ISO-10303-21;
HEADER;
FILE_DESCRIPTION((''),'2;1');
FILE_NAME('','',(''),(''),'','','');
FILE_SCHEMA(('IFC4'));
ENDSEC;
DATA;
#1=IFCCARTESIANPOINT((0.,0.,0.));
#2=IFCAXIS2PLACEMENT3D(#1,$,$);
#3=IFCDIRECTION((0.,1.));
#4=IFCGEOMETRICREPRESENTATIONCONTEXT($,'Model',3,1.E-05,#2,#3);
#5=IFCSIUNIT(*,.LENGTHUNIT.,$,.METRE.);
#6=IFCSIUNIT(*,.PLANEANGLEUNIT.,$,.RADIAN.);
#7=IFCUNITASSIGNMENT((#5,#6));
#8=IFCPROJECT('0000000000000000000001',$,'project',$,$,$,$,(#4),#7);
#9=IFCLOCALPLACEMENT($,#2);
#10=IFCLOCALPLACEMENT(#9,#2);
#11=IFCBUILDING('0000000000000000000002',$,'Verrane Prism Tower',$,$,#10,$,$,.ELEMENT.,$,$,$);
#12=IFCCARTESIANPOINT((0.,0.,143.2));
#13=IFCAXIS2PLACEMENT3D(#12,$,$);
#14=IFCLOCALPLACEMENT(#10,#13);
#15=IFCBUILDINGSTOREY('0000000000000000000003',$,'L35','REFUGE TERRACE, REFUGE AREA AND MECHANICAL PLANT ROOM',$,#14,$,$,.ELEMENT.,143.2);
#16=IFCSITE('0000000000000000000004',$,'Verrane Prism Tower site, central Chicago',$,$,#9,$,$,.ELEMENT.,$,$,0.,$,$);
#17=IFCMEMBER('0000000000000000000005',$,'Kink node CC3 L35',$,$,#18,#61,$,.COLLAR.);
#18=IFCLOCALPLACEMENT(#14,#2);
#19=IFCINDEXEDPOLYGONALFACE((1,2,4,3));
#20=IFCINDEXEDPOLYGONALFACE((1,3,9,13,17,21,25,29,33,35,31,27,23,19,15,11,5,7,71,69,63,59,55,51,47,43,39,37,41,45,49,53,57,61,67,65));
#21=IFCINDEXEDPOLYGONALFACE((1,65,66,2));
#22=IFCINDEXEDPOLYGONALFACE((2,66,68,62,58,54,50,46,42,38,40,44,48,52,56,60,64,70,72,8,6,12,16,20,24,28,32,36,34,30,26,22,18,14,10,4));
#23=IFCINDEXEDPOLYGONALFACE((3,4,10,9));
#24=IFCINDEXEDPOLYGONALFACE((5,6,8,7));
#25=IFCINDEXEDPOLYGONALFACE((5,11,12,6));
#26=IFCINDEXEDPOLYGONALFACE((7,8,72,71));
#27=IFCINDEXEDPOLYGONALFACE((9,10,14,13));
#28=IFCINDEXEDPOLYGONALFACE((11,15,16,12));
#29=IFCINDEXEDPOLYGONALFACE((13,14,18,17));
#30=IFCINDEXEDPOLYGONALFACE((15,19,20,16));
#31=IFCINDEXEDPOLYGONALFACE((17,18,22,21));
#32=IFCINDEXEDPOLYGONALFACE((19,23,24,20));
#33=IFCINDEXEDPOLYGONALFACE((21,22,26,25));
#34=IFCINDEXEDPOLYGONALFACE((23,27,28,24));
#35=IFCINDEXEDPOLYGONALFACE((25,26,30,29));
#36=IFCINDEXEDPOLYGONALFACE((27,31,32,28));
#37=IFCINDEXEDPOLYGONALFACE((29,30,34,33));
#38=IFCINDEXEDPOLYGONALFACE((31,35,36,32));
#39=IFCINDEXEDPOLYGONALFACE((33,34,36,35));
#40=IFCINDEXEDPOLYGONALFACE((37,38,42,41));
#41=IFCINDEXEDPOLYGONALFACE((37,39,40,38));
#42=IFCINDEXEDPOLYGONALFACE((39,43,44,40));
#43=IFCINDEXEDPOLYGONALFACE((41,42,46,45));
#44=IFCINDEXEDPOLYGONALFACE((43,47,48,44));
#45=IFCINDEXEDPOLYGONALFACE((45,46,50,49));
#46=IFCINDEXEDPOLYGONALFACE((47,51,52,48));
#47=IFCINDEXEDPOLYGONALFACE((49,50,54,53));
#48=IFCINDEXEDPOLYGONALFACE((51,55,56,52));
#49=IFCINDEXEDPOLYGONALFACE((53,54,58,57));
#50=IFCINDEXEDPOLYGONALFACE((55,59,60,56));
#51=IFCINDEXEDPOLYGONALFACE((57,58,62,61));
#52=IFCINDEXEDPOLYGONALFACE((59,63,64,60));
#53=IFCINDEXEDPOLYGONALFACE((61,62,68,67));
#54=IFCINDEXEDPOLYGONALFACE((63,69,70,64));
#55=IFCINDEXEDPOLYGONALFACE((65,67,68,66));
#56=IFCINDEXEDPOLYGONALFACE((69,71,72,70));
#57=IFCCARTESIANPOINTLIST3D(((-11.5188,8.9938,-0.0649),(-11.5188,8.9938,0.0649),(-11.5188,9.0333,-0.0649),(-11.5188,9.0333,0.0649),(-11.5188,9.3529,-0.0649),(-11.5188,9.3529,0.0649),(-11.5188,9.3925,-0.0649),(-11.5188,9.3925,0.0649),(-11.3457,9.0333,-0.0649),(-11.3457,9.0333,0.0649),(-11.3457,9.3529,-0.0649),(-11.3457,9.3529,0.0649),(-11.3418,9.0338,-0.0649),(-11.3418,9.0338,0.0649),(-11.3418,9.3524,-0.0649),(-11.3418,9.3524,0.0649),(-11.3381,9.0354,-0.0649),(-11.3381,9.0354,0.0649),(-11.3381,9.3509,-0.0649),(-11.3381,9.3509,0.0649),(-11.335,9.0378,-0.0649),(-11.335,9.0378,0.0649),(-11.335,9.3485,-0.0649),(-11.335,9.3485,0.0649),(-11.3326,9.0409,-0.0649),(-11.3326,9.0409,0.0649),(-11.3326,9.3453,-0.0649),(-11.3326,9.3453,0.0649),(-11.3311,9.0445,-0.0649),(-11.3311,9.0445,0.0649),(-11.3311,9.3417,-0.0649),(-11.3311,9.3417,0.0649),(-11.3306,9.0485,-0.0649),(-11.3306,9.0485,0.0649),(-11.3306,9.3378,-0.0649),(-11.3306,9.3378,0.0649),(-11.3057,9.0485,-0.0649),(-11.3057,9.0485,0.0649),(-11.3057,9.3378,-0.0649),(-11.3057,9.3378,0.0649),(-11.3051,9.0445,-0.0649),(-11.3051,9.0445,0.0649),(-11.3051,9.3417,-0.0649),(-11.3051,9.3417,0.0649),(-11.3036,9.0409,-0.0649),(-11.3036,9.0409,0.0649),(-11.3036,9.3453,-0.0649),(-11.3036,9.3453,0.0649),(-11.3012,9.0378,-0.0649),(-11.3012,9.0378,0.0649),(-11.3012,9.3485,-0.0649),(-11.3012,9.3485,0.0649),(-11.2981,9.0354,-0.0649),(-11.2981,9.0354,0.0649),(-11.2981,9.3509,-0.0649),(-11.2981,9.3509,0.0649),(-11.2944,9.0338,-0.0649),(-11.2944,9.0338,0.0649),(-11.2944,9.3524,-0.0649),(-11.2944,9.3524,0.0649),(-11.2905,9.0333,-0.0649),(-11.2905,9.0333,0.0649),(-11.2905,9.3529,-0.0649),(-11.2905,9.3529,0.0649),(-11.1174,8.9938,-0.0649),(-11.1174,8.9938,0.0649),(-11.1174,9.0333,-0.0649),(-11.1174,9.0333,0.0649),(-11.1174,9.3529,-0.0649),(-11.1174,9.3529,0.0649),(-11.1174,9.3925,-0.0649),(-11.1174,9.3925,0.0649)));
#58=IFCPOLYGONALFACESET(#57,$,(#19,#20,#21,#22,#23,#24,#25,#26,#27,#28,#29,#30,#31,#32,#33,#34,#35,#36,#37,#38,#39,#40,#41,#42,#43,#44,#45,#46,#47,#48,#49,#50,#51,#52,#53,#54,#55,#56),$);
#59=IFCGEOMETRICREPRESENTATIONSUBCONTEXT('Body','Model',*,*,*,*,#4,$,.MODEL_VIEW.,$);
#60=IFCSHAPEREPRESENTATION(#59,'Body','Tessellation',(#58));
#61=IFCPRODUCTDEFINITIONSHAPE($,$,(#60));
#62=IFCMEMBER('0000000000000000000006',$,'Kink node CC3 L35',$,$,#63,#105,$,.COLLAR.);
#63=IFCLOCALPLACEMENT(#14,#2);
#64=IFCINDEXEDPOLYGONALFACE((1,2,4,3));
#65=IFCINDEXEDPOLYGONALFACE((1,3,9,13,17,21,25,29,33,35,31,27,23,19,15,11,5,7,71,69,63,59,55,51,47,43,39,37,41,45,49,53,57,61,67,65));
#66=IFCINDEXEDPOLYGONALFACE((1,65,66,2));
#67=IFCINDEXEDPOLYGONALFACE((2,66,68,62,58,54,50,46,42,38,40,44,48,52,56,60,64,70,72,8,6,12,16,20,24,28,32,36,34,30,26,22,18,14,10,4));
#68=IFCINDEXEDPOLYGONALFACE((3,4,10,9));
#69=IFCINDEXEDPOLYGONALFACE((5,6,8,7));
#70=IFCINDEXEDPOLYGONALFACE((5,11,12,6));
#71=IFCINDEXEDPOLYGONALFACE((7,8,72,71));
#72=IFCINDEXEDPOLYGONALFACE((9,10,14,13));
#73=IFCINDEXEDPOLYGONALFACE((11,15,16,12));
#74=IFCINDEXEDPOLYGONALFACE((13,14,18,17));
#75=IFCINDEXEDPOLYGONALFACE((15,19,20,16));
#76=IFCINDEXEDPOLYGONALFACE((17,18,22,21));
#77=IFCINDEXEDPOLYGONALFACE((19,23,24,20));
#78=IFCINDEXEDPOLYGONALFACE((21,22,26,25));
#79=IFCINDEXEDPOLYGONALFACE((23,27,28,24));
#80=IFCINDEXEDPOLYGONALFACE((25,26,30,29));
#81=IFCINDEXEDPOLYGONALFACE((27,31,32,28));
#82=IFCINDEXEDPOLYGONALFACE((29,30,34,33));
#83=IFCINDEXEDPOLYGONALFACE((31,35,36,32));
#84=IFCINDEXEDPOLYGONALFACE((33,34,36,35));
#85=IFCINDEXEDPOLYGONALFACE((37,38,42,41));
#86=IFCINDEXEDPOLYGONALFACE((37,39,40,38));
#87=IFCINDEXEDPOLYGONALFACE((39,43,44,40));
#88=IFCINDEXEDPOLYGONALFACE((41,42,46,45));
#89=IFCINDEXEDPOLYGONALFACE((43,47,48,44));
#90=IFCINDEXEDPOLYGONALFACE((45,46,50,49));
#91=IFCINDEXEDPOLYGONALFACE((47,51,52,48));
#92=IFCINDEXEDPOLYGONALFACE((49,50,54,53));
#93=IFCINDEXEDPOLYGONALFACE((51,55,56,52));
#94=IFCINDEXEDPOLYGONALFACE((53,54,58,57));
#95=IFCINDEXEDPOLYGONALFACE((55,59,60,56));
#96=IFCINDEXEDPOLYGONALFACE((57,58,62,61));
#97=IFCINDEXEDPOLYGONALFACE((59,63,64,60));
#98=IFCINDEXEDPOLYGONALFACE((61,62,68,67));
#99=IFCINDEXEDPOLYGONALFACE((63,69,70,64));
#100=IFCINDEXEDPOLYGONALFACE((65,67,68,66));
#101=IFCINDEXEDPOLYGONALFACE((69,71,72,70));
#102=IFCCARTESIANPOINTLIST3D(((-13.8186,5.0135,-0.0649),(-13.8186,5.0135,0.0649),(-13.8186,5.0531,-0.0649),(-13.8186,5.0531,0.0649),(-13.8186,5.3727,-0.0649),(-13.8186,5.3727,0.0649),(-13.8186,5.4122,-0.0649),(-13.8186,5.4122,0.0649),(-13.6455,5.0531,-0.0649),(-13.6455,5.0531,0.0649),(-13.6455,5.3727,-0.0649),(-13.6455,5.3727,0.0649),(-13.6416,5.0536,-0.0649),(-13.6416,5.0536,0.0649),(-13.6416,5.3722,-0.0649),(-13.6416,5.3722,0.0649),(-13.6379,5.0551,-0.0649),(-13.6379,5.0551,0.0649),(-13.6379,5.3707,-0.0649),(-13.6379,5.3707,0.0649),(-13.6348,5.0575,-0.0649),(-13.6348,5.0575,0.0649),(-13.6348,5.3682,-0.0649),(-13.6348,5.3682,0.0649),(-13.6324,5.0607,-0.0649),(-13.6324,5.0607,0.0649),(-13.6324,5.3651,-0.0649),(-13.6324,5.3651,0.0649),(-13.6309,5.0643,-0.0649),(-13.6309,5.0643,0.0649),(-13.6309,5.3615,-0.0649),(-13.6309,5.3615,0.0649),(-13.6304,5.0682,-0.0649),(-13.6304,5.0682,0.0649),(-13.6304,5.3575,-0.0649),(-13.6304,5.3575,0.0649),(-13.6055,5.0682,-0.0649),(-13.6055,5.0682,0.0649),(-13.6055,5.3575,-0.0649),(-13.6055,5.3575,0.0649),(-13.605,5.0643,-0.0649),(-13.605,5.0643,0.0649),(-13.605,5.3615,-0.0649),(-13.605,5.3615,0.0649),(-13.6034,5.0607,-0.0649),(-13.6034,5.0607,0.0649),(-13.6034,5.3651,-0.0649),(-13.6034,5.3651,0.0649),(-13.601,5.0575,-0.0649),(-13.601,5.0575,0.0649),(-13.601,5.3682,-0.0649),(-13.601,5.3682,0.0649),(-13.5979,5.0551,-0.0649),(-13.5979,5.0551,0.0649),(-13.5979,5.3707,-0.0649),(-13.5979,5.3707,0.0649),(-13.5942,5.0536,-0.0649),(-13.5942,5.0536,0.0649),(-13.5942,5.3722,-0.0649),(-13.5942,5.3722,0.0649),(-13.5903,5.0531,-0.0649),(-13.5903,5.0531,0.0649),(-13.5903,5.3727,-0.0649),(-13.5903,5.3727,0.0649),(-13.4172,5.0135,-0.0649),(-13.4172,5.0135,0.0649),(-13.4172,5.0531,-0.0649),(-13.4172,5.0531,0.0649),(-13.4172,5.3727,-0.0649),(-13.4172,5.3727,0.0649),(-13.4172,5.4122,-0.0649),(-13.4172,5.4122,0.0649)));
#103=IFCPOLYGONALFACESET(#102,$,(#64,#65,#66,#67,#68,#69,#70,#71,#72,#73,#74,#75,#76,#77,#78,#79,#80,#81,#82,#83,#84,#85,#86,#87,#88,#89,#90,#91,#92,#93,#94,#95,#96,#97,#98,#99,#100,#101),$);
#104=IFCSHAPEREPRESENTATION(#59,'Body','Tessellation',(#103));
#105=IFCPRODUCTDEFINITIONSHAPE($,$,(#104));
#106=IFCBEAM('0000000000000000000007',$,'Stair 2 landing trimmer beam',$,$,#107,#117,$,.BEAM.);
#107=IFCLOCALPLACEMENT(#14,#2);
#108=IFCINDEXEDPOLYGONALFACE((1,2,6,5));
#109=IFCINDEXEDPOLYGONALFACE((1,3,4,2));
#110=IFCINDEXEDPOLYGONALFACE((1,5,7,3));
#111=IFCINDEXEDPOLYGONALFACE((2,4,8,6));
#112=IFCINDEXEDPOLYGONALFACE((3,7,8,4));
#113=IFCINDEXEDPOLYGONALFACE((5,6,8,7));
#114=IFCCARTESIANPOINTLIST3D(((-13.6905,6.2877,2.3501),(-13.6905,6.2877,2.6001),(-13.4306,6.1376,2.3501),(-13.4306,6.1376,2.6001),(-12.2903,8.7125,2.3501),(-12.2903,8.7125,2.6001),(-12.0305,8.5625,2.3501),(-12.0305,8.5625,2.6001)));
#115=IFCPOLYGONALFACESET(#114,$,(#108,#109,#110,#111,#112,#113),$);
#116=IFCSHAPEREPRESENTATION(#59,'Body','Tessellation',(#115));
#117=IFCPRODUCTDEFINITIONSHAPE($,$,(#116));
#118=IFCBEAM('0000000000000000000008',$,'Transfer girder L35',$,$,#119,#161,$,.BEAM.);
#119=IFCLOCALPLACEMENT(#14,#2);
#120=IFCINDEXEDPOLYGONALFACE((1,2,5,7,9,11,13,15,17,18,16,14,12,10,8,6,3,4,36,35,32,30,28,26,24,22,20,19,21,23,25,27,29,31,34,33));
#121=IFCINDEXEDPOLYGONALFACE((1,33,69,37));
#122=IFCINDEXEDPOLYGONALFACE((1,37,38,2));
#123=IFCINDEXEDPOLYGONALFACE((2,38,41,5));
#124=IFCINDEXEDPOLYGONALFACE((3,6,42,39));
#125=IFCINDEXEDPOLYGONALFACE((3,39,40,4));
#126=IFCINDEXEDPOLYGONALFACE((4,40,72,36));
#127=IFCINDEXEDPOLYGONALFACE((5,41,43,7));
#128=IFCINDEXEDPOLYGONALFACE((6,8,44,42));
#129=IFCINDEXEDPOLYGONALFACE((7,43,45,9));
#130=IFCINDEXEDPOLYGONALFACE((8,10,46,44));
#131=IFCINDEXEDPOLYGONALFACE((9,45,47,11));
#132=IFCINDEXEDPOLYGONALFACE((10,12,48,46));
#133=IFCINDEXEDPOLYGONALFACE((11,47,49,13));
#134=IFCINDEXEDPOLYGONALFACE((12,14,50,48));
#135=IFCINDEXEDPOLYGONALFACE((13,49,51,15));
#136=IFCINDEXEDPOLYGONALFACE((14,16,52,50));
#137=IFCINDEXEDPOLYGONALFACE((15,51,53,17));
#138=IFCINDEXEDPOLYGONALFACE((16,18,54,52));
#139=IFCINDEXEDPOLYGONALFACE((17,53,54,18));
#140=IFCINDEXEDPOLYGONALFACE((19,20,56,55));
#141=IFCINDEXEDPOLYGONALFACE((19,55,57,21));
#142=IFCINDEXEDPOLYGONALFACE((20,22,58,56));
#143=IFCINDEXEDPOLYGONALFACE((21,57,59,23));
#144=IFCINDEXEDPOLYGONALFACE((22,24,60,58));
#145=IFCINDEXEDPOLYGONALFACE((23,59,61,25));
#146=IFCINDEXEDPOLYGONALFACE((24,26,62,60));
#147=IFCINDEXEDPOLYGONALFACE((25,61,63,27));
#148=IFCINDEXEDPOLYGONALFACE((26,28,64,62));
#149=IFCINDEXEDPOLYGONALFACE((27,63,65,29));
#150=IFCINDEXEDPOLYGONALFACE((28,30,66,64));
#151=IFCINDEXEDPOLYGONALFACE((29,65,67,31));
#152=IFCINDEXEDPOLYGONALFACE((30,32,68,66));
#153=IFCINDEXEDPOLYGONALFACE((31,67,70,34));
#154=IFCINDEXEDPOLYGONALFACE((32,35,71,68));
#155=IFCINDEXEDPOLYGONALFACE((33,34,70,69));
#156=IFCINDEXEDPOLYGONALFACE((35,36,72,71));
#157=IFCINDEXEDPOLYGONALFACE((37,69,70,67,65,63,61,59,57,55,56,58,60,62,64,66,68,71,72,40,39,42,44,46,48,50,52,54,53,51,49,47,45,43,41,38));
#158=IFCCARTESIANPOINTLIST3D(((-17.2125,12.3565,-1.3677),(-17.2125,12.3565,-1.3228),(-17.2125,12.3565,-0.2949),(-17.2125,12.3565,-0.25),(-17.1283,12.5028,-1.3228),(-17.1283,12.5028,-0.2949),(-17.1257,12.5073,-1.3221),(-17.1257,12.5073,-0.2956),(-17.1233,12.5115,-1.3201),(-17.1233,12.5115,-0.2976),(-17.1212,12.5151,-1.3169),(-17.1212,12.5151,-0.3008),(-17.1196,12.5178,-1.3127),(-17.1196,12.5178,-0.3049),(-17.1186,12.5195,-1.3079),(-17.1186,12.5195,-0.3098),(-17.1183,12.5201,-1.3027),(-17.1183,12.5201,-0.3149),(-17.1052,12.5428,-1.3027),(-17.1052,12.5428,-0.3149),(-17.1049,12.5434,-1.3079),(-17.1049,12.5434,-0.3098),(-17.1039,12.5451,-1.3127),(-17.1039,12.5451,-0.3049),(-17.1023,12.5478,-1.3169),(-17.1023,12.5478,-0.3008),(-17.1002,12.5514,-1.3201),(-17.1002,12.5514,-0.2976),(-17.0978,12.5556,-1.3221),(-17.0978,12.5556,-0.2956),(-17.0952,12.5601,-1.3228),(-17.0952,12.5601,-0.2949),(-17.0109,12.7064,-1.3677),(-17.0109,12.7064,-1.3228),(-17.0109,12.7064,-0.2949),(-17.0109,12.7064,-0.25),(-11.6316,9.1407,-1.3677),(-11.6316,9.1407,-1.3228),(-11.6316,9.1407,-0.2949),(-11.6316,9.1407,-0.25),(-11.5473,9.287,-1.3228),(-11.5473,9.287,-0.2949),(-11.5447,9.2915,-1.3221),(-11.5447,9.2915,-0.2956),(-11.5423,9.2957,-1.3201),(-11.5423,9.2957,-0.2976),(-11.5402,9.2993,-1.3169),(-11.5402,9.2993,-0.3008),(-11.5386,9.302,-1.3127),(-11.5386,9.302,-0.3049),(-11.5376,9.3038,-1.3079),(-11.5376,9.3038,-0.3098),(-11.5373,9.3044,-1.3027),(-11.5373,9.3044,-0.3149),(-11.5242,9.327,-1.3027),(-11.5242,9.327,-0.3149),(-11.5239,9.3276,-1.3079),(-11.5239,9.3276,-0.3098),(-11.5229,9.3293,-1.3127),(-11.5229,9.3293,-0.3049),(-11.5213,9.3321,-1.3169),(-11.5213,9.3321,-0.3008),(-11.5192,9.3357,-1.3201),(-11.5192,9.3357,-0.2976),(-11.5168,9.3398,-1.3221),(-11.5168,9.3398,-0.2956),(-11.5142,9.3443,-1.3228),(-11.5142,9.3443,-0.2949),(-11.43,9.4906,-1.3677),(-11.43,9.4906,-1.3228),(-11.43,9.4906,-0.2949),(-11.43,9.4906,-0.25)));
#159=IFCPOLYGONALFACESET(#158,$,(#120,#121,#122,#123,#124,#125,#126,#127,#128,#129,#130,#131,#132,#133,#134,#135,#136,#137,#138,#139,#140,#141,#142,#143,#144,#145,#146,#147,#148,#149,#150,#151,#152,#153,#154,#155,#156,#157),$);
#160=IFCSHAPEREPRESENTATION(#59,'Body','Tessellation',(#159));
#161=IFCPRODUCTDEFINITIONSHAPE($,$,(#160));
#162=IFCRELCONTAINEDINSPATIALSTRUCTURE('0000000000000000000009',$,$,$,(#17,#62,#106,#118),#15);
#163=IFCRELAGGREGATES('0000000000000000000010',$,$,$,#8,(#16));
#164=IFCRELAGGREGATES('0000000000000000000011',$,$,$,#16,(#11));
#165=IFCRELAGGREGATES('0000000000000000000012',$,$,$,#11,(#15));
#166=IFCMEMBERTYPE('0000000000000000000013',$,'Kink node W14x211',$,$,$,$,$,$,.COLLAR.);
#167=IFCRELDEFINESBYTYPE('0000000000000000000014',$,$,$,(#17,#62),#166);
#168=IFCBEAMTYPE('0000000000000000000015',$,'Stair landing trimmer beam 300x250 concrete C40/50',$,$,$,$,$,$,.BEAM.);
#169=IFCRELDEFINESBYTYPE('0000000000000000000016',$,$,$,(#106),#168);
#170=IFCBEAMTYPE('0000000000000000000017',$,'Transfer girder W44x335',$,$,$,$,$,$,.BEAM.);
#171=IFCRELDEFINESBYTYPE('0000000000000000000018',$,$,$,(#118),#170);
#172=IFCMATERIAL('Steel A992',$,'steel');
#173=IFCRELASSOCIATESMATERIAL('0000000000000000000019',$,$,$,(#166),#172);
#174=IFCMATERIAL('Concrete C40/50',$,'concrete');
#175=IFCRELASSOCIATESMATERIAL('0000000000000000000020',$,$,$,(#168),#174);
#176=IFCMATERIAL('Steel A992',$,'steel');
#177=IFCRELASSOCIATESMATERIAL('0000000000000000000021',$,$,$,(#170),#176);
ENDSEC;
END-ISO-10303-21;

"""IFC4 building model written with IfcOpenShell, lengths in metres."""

from ifc_helpers import new_model, si_unit, direction, frame, origin, origin_2d, place, context, subcontext, project, spatial, rectangle, i_section, extrude, material, material_profile, profile_set, type_object, element, save


model = new_model("IFC4")

# Units and contexts
model_context = context("Model", 3, precision=1e-05, world=origin(), true_north=direction((0.0, 1.0)))
body_context = subcontext(model_context, "Body", "Model", "MODEL_VIEW")
ifc_project = project(units=[si_unit("LENGTHUNIT", "METRE"), si_unit("PLANEANGLEUNIT", "RADIAN")], contexts=[model_context])

# Site, building, storey
site_placement = place(None, origin())
site = spatial("IfcSite", under=ifc_project, at=site_placement, Name="Verrane Prism Tower site, central Chicago", CompositionType="ELEMENT", RefElevation=0.0)
building_placement = place(site_placement, origin())
building = spatial("IfcBuilding", under=site, at=building_placement, Name="Verrane Prism Tower", CompositionType="ELEMENT")
storey_placement = place(building_placement, frame((0.0, 0.0, 143.2)))
storey = spatial("IfcBuildingStorey", under=building, at=storey_placement, Name="L35", Description="REFUGE TERRACE, REFUGE AREA AND MECHANICAL PLANT ROOM", CompositionType="ELEMENT", Elevation=143.2)

# Members
ifc_material_1 = material(Name="Steel A992", Category="steel")
ifc_material_profile_1 = material_profile(ifc_material_1, i_section(OverallWidth=0.4014, OverallDepth=0.3987, WebThickness=0.0249, FlangeThickness=0.0396, FilletRadius=0.0151, at=origin_2d()), Name="W14x211")
ifc_profile_set_1 = profile_set([ifc_material_profile_1], Name="Steel A992")
member_type = type_object("IfcMemberType", Name="Kink node W14x211", PredefinedType="COLLAR", material=ifc_profile_set_1)
for number, where, z_axis, x_axis, name in (
    (1, (-11.3181, 9.1931, -0.0649), (0.0, 0.0, 1.0), (1.0, 0.0, 0.0), "Kink node CC3 L35"),
    (2, (-13.6179, 5.2129, -0.0649), (0.0, 0.0, 1.0), (1.0, 0.0, 0.0), "Kink node CC3 L35"),
):
    element("IfcMember", number, at=place(storey_placement, frame(where, z_axis=z_axis, x_axis=x_axis)), inside=storey, type_object=member_type, Name=name, PredefinedType="COLLAR", context=body_context, shape_type="SweptSolid", body=[
        extrude(i_section(OverallWidth=0.4014, OverallDepth=0.3987, WebThickness=0.0249, FlangeThickness=0.0396, FilletRadius=0.0151, at=origin_2d()), origin(), (0.0, 0.0, 1.0), 0.1299),
    ])

# Beams
ifc_material_2 = material(Name="Concrete C40/50", Category="concrete")
ifc_material_profile_2 = material_profile(ifc_material_2, rectangle(XDim=0.3, YDim=0.25, at=origin_2d()), Name="RC 300x250")
ifc_profile_set_2 = profile_set([ifc_material_profile_2], Name="Concrete C40/50")
beam_type_1 = type_object("IfcBeamType", Name="Stair landing trimmer beam 300x250 concrete C40/50", PredefinedType="BEAM", material=ifc_profile_set_2)
beam_1_placement = place(storey_placement, frame((-13.5605, 6.2126, 2.4751), z_axis=(0.50005, 0.865997, 0.0), x_axis=(-0.865997, 0.50005, 0.0)))
element("IfcBeam", 3, at=beam_1_placement, inside=storey, type_object=beam_type_1, Name="Stair 2 landing trimmer beam", PredefinedType="BEAM", context=body_context, shape_type="SweptSolid", body=[
    extrude(rectangle(XDim=0.3, YDim=0.25, at=origin_2d()), origin(), (0.0, 0.0, 1.0), 2.8),
])
ifc_material_3 = material(Name="Steel A992", Category="steel")
ifc_material_profile_3 = material_profile(ifc_material_3, i_section(OverallWidth=0.4038, OverallDepth=1.1177, WebThickness=0.0261, FlangeThickness=0.0449, FilletRadius=0.02, at=origin_2d()), Name="W44x335")
ifc_profile_set_3 = profile_set([ifc_material_profile_3], Name="Steel A992")
beam_type_2 = type_object("IfcBeamType", Name="Transfer girder W44x335", PredefinedType="BEAM", material=ifc_profile_set_3)
beam_2_placement = place(storey_placement, frame((-11.5308, 9.3157, -0.8088), z_axis=(-0.866456, 0.499254, 0.0), x_axis=(-0.499254, -0.866456, 0.0)))
element("IfcBeam", 4, at=beam_2_placement, inside=storey, type_object=beam_type_2, Name="Transfer girder L35", PredefinedType="BEAM", context=body_context, shape_type="SweptSolid", body=[
    extrude(i_section(OverallWidth=0.4038, OverallDepth=1.1177, WebThickness=0.0261, FlangeThickness=0.0449, FilletRadius=0.02, at=origin_2d()), origin(), (0.0, 0.0, 1.0), 6.4412),
])

save(model, "model.ifc")
